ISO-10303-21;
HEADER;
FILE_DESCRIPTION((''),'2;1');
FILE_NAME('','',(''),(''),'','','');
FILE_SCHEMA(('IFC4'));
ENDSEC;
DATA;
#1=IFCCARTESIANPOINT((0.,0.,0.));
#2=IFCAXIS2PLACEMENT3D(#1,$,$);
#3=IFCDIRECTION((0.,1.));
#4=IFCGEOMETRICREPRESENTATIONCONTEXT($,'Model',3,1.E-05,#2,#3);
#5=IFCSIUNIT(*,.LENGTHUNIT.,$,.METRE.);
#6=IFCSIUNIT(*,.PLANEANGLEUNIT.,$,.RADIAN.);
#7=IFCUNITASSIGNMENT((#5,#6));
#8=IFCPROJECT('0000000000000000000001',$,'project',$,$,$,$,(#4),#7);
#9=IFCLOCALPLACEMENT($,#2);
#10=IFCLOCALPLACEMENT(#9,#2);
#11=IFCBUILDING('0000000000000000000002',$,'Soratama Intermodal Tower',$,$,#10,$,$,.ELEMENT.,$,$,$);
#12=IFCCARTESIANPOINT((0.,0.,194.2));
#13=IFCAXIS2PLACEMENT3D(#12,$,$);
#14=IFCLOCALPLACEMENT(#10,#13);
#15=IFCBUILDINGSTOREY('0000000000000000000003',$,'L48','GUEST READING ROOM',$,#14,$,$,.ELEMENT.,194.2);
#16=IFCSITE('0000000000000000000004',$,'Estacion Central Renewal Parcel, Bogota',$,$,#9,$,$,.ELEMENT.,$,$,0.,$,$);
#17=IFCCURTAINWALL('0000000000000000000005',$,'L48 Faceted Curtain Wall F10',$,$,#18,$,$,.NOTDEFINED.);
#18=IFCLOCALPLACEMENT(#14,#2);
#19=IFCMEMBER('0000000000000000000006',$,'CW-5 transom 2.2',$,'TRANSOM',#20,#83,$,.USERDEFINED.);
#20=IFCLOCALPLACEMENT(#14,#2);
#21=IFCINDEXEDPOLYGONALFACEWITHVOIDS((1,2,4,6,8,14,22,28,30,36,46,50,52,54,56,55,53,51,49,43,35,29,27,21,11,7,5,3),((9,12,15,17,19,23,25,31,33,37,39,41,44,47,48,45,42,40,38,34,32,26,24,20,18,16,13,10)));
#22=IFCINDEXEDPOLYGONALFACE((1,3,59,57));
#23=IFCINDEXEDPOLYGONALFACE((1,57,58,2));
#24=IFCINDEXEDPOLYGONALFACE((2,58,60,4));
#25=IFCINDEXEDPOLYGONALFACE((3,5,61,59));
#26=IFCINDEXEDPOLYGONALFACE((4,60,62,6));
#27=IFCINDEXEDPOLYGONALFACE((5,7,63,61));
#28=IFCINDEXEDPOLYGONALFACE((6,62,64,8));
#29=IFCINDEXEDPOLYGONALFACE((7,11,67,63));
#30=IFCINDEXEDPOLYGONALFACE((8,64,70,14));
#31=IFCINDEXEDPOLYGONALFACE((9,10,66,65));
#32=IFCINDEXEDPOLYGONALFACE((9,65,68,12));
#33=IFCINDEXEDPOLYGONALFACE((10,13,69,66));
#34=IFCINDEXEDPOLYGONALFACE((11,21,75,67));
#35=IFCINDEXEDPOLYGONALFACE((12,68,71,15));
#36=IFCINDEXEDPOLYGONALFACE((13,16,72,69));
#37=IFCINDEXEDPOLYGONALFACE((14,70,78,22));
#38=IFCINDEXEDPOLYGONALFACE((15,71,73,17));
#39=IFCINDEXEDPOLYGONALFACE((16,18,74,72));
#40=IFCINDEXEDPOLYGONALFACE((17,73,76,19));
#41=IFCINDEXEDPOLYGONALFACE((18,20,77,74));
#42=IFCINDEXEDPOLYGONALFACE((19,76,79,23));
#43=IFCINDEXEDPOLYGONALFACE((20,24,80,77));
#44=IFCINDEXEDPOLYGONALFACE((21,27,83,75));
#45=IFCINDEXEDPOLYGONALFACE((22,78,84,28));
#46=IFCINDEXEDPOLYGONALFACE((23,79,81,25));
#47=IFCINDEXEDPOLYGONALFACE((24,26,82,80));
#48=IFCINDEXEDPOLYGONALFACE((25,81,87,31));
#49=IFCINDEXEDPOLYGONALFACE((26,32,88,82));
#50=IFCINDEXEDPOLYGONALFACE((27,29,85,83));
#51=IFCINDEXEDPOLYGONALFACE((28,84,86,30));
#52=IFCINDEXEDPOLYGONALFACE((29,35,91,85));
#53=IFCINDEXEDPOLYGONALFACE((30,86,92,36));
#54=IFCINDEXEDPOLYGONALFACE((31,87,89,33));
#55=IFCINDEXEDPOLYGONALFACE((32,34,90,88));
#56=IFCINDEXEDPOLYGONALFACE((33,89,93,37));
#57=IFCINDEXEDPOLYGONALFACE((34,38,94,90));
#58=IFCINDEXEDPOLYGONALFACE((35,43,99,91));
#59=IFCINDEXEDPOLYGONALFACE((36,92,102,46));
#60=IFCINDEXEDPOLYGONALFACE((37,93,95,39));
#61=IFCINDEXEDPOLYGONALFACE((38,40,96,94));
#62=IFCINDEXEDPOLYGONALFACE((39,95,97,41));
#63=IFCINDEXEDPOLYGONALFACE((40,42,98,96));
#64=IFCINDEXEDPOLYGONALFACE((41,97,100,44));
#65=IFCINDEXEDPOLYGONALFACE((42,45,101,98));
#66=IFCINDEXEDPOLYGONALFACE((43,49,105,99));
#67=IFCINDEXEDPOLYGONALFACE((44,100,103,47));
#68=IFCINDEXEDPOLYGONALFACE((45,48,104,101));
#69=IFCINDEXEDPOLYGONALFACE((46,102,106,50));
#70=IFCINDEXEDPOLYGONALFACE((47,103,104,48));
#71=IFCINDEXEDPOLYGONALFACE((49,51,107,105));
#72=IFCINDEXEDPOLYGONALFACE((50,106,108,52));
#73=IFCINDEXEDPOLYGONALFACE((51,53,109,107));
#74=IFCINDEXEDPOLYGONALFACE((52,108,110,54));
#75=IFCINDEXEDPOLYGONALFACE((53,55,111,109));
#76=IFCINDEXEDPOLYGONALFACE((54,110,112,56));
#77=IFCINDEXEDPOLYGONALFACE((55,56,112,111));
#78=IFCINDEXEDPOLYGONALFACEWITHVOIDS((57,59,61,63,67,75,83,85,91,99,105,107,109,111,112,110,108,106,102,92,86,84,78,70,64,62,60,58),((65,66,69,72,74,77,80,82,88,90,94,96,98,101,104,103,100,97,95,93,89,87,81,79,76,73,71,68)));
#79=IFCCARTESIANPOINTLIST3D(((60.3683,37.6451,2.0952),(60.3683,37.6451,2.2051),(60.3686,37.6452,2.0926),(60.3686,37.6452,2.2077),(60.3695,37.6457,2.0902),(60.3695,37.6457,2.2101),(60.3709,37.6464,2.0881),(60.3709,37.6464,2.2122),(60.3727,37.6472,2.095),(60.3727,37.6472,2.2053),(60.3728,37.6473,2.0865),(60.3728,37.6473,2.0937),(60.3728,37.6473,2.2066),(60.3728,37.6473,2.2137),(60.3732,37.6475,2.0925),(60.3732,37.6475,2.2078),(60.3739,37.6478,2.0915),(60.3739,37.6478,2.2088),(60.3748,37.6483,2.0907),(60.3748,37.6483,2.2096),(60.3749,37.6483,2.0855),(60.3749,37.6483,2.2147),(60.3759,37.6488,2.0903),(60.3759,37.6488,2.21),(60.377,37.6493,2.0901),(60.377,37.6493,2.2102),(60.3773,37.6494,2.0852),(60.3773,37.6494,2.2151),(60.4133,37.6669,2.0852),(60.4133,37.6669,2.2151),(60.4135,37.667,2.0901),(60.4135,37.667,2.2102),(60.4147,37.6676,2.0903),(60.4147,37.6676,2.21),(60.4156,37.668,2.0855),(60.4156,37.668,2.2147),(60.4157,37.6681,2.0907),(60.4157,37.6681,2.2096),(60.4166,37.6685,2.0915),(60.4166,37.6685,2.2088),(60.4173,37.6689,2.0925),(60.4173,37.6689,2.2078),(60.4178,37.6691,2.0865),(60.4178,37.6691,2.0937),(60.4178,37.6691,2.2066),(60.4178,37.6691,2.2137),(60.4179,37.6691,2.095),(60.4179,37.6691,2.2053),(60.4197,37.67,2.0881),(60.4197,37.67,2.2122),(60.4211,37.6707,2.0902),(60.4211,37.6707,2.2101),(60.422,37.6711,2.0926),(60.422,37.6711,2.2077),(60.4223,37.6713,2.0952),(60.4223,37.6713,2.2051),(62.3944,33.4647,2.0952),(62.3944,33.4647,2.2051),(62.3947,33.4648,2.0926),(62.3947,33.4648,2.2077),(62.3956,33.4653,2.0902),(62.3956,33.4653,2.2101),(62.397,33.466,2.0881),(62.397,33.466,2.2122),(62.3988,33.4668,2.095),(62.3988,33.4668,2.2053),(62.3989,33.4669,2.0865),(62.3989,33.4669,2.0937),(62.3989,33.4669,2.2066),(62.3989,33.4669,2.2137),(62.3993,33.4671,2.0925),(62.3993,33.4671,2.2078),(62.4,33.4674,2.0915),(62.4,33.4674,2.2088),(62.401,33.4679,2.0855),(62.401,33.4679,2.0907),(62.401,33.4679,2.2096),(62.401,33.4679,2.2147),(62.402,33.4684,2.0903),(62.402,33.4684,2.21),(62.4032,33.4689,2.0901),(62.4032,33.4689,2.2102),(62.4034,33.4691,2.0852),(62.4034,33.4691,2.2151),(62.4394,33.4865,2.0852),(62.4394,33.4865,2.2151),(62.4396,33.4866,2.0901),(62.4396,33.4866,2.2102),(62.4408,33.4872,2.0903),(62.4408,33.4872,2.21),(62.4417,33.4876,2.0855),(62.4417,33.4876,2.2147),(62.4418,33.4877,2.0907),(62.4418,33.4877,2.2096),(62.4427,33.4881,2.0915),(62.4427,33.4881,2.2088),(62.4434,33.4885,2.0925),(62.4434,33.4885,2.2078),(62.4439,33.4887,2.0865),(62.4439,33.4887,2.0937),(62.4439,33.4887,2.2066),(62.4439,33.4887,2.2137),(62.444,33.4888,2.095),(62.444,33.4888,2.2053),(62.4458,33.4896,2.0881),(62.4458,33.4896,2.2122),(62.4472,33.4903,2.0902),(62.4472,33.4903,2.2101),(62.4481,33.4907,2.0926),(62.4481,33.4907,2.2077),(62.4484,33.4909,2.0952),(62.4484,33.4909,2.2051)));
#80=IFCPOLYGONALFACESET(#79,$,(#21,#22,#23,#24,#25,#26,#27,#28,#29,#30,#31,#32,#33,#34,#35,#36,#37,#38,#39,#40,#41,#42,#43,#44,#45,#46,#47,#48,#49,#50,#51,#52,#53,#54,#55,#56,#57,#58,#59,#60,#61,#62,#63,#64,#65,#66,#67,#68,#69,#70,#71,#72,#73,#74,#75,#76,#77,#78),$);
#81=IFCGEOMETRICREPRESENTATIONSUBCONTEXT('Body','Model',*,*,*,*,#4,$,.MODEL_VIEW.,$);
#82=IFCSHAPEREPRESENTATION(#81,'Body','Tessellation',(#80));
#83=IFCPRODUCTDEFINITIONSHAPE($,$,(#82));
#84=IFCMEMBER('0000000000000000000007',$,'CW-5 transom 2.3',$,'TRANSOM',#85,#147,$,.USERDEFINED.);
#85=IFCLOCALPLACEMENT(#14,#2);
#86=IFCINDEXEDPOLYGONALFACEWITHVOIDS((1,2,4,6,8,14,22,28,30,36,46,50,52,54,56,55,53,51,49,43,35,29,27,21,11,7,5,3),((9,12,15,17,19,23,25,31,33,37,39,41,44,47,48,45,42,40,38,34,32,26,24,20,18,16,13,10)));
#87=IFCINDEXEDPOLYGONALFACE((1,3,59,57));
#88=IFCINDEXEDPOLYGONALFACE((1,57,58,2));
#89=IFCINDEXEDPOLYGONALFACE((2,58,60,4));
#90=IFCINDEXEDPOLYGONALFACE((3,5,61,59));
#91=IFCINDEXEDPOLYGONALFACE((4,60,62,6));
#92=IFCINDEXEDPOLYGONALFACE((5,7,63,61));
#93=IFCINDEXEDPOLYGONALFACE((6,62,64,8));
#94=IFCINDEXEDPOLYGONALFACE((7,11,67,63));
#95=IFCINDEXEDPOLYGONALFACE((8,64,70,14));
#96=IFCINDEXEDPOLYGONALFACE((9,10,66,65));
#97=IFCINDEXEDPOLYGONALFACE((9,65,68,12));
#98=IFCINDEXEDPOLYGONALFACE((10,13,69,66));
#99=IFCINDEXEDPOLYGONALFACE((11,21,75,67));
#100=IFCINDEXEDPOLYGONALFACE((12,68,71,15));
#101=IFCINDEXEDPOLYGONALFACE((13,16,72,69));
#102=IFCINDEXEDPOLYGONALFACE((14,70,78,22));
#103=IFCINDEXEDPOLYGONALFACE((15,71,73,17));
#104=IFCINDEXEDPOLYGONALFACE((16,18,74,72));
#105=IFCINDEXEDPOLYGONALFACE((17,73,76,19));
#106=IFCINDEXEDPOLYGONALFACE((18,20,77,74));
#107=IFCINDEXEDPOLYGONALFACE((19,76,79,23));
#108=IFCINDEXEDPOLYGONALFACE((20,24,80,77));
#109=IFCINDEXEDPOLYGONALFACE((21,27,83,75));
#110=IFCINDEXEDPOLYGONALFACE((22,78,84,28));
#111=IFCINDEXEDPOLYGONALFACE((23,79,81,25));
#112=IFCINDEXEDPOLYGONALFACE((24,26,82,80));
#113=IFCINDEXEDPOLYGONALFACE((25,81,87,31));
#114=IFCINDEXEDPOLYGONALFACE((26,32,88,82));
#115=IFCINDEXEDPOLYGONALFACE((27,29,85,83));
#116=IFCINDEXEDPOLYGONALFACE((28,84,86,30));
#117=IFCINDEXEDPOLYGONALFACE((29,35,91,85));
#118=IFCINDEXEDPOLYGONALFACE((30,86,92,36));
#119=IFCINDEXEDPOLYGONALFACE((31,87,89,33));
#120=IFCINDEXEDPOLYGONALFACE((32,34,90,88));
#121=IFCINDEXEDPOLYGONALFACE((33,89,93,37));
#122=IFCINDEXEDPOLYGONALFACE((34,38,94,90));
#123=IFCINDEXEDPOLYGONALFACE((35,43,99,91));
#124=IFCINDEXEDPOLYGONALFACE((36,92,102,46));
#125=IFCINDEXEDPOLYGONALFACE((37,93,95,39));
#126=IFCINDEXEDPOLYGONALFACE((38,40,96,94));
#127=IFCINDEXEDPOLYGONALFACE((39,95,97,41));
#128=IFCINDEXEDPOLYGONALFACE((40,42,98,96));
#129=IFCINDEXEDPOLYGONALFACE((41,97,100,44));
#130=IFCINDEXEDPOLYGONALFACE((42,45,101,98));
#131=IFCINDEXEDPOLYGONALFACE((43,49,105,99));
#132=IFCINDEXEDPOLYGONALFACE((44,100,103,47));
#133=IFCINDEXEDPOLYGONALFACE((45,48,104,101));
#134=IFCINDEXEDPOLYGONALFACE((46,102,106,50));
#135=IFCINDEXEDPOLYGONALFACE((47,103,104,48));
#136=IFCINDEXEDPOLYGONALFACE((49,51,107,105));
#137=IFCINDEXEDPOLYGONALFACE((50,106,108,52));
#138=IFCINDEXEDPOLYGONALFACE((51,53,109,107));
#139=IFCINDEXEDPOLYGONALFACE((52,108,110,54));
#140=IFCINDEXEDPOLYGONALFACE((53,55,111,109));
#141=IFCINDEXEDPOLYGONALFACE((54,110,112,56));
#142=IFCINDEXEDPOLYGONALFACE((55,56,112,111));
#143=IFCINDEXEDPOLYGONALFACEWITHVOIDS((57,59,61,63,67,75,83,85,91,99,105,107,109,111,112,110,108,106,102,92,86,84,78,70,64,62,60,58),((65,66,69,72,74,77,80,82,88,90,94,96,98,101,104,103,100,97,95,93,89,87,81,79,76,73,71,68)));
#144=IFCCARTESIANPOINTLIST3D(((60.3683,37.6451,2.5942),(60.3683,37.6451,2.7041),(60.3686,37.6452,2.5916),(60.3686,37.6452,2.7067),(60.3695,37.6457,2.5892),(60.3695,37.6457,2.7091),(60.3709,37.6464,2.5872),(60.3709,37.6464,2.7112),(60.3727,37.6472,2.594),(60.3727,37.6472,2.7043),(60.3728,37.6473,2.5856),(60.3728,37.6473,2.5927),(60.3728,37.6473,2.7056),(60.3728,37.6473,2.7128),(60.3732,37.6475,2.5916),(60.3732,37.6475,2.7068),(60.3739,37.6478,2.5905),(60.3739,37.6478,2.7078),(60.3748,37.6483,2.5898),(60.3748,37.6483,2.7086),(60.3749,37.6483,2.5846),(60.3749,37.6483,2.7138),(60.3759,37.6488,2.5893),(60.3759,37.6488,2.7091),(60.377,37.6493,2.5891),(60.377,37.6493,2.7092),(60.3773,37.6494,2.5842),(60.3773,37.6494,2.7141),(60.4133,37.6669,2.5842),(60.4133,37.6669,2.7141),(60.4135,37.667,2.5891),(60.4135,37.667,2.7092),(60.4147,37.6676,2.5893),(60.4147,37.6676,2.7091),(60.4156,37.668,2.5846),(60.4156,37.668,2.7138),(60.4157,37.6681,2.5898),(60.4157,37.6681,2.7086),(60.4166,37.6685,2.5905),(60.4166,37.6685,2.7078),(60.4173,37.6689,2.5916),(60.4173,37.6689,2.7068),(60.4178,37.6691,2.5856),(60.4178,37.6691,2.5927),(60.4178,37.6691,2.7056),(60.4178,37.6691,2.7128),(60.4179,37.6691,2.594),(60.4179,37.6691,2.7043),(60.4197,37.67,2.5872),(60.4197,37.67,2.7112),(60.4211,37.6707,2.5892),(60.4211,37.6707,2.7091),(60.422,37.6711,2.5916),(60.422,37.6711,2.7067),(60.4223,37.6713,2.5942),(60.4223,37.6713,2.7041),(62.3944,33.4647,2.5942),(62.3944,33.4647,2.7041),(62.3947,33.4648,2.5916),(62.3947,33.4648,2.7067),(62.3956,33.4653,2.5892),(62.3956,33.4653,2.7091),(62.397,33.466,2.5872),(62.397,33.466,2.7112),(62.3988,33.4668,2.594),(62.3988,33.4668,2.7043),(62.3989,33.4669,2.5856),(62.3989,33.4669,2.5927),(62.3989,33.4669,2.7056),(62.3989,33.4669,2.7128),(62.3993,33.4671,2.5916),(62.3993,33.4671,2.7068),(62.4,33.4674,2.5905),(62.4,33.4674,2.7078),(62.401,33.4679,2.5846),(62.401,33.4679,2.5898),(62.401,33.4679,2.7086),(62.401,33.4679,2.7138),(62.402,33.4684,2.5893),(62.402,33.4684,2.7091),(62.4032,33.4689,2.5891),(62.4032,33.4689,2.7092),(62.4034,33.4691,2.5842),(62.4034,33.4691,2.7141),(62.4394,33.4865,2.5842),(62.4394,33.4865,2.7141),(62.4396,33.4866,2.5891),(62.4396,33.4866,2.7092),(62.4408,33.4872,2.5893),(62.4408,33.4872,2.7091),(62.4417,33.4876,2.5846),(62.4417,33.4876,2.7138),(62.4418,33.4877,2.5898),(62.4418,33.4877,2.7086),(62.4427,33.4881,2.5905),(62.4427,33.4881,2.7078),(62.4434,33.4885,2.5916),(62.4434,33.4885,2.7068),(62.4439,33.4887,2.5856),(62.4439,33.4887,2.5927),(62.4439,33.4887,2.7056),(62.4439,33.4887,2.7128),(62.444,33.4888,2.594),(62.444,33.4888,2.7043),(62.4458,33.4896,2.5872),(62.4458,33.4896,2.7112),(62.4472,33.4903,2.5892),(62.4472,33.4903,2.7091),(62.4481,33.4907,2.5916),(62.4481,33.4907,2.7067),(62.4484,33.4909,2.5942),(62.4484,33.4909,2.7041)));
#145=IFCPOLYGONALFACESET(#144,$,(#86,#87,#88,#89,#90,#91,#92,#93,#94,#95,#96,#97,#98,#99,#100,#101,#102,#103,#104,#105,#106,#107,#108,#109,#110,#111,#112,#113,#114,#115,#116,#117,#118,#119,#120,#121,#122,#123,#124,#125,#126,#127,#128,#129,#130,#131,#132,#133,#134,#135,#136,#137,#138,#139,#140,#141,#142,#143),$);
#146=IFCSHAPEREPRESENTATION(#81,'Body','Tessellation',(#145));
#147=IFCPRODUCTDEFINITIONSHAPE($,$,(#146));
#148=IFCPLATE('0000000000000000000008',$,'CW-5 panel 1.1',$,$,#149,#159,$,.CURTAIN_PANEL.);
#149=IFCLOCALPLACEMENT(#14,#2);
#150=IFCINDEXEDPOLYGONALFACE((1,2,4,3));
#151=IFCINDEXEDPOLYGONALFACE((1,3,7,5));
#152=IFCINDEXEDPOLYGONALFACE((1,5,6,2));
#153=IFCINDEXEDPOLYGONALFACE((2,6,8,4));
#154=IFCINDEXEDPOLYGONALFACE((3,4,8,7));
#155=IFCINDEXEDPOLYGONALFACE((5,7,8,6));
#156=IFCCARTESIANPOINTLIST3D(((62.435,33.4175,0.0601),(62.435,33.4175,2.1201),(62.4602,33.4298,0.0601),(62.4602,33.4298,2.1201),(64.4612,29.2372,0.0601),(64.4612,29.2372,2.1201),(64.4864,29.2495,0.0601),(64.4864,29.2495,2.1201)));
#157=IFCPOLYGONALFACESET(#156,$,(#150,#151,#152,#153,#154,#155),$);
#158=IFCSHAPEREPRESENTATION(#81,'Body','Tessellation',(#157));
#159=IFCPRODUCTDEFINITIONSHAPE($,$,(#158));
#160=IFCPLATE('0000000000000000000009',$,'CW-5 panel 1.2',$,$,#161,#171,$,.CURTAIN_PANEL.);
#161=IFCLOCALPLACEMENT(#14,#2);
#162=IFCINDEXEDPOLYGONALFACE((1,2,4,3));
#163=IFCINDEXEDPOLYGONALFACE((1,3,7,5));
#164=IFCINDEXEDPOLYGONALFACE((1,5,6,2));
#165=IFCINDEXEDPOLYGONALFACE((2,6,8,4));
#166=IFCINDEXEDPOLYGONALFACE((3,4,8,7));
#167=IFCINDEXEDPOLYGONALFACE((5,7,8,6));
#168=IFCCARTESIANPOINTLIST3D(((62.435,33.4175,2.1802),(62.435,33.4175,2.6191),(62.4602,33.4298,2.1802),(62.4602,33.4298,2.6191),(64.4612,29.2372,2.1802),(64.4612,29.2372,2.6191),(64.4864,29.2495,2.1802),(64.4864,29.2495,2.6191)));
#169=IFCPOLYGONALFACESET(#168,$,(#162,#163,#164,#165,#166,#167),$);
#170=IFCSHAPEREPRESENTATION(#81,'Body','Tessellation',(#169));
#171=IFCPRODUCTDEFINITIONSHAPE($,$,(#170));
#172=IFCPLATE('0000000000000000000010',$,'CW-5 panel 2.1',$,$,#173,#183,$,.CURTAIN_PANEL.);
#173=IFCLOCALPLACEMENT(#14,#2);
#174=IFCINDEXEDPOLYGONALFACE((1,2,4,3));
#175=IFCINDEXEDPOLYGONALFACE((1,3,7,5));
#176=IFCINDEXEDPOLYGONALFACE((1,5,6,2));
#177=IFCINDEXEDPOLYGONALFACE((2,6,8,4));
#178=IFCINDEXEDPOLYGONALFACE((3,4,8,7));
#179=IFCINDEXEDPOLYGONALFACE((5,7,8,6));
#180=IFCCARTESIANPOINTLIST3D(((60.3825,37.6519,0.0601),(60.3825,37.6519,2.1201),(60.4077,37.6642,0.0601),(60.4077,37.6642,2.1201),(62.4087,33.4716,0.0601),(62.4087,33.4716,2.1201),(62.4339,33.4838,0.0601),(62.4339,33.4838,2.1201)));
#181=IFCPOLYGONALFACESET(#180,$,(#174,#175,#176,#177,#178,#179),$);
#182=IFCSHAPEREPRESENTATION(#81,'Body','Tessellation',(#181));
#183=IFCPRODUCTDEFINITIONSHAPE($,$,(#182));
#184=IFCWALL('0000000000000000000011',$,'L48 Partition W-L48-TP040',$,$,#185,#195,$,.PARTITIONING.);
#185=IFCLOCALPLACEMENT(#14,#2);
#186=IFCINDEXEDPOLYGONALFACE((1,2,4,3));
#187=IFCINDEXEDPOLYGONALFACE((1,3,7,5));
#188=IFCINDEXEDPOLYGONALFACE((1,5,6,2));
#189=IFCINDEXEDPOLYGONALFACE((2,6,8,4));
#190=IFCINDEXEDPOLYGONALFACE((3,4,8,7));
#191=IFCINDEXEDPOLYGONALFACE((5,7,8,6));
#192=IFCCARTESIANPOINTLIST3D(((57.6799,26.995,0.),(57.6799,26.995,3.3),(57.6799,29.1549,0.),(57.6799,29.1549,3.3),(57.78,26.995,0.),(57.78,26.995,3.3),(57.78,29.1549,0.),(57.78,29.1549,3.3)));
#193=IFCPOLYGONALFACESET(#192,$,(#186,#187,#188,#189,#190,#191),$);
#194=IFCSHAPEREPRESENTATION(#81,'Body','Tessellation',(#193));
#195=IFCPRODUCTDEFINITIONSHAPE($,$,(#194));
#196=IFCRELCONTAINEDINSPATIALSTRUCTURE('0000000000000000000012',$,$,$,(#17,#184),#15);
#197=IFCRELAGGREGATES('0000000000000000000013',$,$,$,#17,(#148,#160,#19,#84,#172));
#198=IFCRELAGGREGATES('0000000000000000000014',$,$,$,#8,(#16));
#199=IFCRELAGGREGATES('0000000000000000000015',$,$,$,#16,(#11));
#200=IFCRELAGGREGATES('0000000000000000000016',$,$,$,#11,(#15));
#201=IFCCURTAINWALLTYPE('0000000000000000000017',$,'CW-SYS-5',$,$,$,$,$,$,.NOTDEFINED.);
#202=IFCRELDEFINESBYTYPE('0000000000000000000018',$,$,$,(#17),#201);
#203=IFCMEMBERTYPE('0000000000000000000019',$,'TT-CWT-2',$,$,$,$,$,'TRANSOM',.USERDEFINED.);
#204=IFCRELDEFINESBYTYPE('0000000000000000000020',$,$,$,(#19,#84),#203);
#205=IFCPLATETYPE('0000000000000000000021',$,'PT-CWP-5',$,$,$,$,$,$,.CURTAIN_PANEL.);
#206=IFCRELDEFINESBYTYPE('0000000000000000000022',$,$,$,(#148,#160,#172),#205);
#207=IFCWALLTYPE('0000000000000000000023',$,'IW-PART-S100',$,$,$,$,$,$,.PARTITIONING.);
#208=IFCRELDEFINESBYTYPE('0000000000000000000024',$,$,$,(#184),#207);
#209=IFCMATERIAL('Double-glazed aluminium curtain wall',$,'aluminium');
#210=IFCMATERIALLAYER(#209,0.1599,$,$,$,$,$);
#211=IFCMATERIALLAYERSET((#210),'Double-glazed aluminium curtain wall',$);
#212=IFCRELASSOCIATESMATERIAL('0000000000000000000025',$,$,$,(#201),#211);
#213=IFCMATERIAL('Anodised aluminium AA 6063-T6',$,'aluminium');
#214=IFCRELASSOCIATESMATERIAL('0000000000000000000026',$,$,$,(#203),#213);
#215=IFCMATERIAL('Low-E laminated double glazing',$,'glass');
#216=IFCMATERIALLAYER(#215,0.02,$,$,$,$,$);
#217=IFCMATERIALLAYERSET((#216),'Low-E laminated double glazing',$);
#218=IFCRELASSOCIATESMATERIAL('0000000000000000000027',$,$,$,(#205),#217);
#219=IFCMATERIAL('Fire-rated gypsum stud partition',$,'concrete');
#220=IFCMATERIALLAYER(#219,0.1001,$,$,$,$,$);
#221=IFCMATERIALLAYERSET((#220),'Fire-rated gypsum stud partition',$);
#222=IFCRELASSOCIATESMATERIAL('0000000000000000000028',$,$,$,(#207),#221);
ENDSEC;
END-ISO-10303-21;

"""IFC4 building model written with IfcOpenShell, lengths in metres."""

from ifc_helpers import new_model, si_unit, direction, frame, frame_2d, origin, origin_2d, place, context, subcontext, project, spatial, rectangle, hollow_rectangle, extrude, material, layer, layer_set, material_profile, profile_set, type_object, element, aggregate, save


model = new_model("IFC4")

# Units and contexts
model_context = context("Model", 3, precision=1e-05, world=origin(), true_north=direction((0.0, 1.0)))
body_context = subcontext(model_context, "Body", "Model", "MODEL_VIEW")
ifc_project = project(units=[si_unit("LENGTHUNIT", "METRE"), si_unit("PLANEANGLEUNIT", "RADIAN")], contexts=[model_context])

# Site, building, storey
site_placement = place(None, origin())
site = spatial("IfcSite", under=ifc_project, at=site_placement, Name="Estacion Central Renewal Parcel, Bogota", CompositionType="ELEMENT", RefElevation=0.0)
building_placement = place(site_placement, origin())
building = spatial("IfcBuilding", under=site, at=building_placement, Name="Soratama Intermodal Tower", CompositionType="ELEMENT")
storey_placement = place(building_placement, frame((0.0, 0.0, 194.2)))
storey = spatial("IfcBuildingStorey", under=building, at=storey_placement, Name="L48", Description="GUEST READING ROOM", CompositionType="ELEMENT", Elevation=194.2)

# Curtain wall, members, plates
ifc_material_1 = material(Name="Double-glazed aluminium curtain wall", Category="aluminium")
ifc_layer_1 = layer(ifc_material_1, 0.1599)
ifc_layer_set_1 = layer_set([ifc_layer_1], Name="Double-glazed aluminium curtain wall")
curtain_wall_type = type_object("IfcCurtainWallType", Name="CW-SYS-5", PredefinedType="NOTDEFINED", material=ifc_layer_set_1)
curtain_wall_placement = place(storey_placement, origin())
curtain_wall = element("IfcCurtainWall", 1, at=curtain_wall_placement, inside=storey, type_object=curtain_wall_type, Name="L48 Faceted Curtain Wall F10", PredefinedType="NOTDEFINED")
ifc_material_2 = material(Name="Anodised aluminium AA 6063-T6", Category="aluminium")
ifc_material_profile_1 = material_profile(ifc_material_2, hollow_rectangle(XDim=0.0601, YDim=0.1299, WallThickness=0.0049, InnerFilletRadius=0.0049, OuterFilletRadius=0.01, at=origin_2d()), Name="CWT130X60X5")
ifc_profile_set_1 = profile_set([ifc_material_profile_1], Name="Anodised aluminium AA 6063-T6")
member_type_1 = type_object("IfcMemberType", Name="TT-CWT-2", ElementType="TRANSOM", PredefinedType="USERDEFINED", material=ifc_profile_set_1)
member_1_placement = place(storey_placement, frame((62.4214, 33.4778, 2.1501), z_axis=(-0.436143, 0.899877, 0.0), x_axis=(-0.899877, -0.436143, 0.0)))
member_1 = element("IfcMember", 2, at=member_1_placement, type_object=member_type_1, Name="CW-5 transom 2.2", ObjectType="TRANSOM", PredefinedType="USERDEFINED", context=body_context, shape_type="SweptSolid", body=[
    extrude(hollow_rectangle(XDim=0.0601, YDim=0.1299, WallThickness=0.0049, InnerFilletRadius=0.0049, OuterFilletRadius=0.01, at=origin_2d()), origin(), (0.0, 0.0, 1.0), 4.6455),
])
member_2_placement = place(storey_placement, frame((62.4214, 33.4778, 2.6492), z_axis=(-0.436143, 0.899877, 0.0), x_axis=(-0.899877, -0.436143, 0.0)))
member_2 = element("IfcMember", 3, at=member_2_placement, type_object=member_type_1, Name="CW-5 transom 2.3", ObjectType="TRANSOM", PredefinedType="USERDEFINED", context=body_context, shape_type="SweptSolid", body=[
    extrude(hollow_rectangle(XDim=0.0601, YDim=0.1299, WallThickness=0.0049, InnerFilletRadius=0.0049, OuterFilletRadius=0.01, at=origin_2d()), origin(), (0.0, 0.0, 1.0), 4.6455),
])
ifc_material_3 = material(Name="Low-E laminated double glazing", Category="glass")
ifc_layer_2 = layer(ifc_material_3, 0.02)
ifc_layer_set_2 = layer_set([ifc_layer_2], Name="Low-E laminated double glazing")
plate_type = type_object("IfcPlateType", Name="PT-CWP-5", PredefinedType="CURTAIN_PANEL", material=ifc_layer_set_2)
plate_1_placement = place(storey_placement, frame((63.4607, 31.3335, 0.0601), z_axis=(0.0, 0.0, 1.0), x_axis=(-0.436165, 0.899867, 0.0)))
plate_1 = element("IfcPlate", 4, at=plate_1_placement, type_object=plate_type, Name="CW-5 panel 1.1", PredefinedType="CURTAIN_PANEL", context=body_context, shape_type="SweptSolid", body=[
    extrude(rectangle(XDim=4.6455, YDim=0.0281, at=origin_2d()), origin(), (0.0, 0.0, 1.0), 2.0601),
])
plate_2_placement = place(storey_placement, frame((63.4607, 31.3335, 2.1802), z_axis=(0.0, 0.0, 1.0), x_axis=(-0.436165, 0.899867, 0.0)))
plate_2 = element("IfcPlate", 5, at=plate_2_placement, type_object=plate_type, Name="CW-5 panel 1.2", PredefinedType="CURTAIN_PANEL", context=body_context, shape_type="SweptSolid", body=[
    extrude(rectangle(XDim=4.6455, YDim=0.0281, at=origin_2d()), origin(), (0.0, 0.0, 1.0), 0.439),
])
plate_3_placement = place(storey_placement, frame((61.4082, 35.5679, 0.0601), z_axis=(0.0, 0.0, 1.0), x_axis=(-0.436165, 0.899867, 0.0)))
plate_3 = element("IfcPlate", 6, at=plate_3_placement, type_object=plate_type, Name="CW-5 panel 2.1", PredefinedType="CURTAIN_PANEL", context=body_context, shape_type="SweptSolid", body=[
    extrude(rectangle(XDim=4.6455, YDim=0.0281, at=origin_2d()), origin(), (0.0, 0.0, 1.0), 2.0601),
])
aggregate(curtain_wall, [plate_1, plate_2, member_1, member_2, plate_3])

# Wall
ifc_material_4 = material(Name="Fire-rated gypsum stud partition", Category="concrete")
ifc_layer_3 = layer(ifc_material_4, 0.1001)
ifc_layer_set_3 = layer_set([ifc_layer_3], Name="Fire-rated gypsum stud partition")
wall_type_1 = type_object("IfcWallType", Name="IW-PART-S100", PredefinedType="PARTITIONING", material=ifc_layer_set_3)
wall_1_placement = place(storey_placement, frame((57.73, 29.155, 0.0), z_axis=(0.0, 0.0, 1.0), x_axis=(0.0, -1.0, 0.0)))
element("IfcWall", 7, at=wall_1_placement, inside=storey, type_object=wall_type_1, Name="L48 Partition W-L48-TP040", PredefinedType="PARTITIONING", context=body_context, shape_type="SweptSolid", body=[
    extrude(rectangle(XDim=2.1599, YDim=0.1001, at=frame_2d((1.0801, 0.0))), origin(), (0.0, 0.0, 1.0), 3.3),
])

save(model, "model.ifc")
